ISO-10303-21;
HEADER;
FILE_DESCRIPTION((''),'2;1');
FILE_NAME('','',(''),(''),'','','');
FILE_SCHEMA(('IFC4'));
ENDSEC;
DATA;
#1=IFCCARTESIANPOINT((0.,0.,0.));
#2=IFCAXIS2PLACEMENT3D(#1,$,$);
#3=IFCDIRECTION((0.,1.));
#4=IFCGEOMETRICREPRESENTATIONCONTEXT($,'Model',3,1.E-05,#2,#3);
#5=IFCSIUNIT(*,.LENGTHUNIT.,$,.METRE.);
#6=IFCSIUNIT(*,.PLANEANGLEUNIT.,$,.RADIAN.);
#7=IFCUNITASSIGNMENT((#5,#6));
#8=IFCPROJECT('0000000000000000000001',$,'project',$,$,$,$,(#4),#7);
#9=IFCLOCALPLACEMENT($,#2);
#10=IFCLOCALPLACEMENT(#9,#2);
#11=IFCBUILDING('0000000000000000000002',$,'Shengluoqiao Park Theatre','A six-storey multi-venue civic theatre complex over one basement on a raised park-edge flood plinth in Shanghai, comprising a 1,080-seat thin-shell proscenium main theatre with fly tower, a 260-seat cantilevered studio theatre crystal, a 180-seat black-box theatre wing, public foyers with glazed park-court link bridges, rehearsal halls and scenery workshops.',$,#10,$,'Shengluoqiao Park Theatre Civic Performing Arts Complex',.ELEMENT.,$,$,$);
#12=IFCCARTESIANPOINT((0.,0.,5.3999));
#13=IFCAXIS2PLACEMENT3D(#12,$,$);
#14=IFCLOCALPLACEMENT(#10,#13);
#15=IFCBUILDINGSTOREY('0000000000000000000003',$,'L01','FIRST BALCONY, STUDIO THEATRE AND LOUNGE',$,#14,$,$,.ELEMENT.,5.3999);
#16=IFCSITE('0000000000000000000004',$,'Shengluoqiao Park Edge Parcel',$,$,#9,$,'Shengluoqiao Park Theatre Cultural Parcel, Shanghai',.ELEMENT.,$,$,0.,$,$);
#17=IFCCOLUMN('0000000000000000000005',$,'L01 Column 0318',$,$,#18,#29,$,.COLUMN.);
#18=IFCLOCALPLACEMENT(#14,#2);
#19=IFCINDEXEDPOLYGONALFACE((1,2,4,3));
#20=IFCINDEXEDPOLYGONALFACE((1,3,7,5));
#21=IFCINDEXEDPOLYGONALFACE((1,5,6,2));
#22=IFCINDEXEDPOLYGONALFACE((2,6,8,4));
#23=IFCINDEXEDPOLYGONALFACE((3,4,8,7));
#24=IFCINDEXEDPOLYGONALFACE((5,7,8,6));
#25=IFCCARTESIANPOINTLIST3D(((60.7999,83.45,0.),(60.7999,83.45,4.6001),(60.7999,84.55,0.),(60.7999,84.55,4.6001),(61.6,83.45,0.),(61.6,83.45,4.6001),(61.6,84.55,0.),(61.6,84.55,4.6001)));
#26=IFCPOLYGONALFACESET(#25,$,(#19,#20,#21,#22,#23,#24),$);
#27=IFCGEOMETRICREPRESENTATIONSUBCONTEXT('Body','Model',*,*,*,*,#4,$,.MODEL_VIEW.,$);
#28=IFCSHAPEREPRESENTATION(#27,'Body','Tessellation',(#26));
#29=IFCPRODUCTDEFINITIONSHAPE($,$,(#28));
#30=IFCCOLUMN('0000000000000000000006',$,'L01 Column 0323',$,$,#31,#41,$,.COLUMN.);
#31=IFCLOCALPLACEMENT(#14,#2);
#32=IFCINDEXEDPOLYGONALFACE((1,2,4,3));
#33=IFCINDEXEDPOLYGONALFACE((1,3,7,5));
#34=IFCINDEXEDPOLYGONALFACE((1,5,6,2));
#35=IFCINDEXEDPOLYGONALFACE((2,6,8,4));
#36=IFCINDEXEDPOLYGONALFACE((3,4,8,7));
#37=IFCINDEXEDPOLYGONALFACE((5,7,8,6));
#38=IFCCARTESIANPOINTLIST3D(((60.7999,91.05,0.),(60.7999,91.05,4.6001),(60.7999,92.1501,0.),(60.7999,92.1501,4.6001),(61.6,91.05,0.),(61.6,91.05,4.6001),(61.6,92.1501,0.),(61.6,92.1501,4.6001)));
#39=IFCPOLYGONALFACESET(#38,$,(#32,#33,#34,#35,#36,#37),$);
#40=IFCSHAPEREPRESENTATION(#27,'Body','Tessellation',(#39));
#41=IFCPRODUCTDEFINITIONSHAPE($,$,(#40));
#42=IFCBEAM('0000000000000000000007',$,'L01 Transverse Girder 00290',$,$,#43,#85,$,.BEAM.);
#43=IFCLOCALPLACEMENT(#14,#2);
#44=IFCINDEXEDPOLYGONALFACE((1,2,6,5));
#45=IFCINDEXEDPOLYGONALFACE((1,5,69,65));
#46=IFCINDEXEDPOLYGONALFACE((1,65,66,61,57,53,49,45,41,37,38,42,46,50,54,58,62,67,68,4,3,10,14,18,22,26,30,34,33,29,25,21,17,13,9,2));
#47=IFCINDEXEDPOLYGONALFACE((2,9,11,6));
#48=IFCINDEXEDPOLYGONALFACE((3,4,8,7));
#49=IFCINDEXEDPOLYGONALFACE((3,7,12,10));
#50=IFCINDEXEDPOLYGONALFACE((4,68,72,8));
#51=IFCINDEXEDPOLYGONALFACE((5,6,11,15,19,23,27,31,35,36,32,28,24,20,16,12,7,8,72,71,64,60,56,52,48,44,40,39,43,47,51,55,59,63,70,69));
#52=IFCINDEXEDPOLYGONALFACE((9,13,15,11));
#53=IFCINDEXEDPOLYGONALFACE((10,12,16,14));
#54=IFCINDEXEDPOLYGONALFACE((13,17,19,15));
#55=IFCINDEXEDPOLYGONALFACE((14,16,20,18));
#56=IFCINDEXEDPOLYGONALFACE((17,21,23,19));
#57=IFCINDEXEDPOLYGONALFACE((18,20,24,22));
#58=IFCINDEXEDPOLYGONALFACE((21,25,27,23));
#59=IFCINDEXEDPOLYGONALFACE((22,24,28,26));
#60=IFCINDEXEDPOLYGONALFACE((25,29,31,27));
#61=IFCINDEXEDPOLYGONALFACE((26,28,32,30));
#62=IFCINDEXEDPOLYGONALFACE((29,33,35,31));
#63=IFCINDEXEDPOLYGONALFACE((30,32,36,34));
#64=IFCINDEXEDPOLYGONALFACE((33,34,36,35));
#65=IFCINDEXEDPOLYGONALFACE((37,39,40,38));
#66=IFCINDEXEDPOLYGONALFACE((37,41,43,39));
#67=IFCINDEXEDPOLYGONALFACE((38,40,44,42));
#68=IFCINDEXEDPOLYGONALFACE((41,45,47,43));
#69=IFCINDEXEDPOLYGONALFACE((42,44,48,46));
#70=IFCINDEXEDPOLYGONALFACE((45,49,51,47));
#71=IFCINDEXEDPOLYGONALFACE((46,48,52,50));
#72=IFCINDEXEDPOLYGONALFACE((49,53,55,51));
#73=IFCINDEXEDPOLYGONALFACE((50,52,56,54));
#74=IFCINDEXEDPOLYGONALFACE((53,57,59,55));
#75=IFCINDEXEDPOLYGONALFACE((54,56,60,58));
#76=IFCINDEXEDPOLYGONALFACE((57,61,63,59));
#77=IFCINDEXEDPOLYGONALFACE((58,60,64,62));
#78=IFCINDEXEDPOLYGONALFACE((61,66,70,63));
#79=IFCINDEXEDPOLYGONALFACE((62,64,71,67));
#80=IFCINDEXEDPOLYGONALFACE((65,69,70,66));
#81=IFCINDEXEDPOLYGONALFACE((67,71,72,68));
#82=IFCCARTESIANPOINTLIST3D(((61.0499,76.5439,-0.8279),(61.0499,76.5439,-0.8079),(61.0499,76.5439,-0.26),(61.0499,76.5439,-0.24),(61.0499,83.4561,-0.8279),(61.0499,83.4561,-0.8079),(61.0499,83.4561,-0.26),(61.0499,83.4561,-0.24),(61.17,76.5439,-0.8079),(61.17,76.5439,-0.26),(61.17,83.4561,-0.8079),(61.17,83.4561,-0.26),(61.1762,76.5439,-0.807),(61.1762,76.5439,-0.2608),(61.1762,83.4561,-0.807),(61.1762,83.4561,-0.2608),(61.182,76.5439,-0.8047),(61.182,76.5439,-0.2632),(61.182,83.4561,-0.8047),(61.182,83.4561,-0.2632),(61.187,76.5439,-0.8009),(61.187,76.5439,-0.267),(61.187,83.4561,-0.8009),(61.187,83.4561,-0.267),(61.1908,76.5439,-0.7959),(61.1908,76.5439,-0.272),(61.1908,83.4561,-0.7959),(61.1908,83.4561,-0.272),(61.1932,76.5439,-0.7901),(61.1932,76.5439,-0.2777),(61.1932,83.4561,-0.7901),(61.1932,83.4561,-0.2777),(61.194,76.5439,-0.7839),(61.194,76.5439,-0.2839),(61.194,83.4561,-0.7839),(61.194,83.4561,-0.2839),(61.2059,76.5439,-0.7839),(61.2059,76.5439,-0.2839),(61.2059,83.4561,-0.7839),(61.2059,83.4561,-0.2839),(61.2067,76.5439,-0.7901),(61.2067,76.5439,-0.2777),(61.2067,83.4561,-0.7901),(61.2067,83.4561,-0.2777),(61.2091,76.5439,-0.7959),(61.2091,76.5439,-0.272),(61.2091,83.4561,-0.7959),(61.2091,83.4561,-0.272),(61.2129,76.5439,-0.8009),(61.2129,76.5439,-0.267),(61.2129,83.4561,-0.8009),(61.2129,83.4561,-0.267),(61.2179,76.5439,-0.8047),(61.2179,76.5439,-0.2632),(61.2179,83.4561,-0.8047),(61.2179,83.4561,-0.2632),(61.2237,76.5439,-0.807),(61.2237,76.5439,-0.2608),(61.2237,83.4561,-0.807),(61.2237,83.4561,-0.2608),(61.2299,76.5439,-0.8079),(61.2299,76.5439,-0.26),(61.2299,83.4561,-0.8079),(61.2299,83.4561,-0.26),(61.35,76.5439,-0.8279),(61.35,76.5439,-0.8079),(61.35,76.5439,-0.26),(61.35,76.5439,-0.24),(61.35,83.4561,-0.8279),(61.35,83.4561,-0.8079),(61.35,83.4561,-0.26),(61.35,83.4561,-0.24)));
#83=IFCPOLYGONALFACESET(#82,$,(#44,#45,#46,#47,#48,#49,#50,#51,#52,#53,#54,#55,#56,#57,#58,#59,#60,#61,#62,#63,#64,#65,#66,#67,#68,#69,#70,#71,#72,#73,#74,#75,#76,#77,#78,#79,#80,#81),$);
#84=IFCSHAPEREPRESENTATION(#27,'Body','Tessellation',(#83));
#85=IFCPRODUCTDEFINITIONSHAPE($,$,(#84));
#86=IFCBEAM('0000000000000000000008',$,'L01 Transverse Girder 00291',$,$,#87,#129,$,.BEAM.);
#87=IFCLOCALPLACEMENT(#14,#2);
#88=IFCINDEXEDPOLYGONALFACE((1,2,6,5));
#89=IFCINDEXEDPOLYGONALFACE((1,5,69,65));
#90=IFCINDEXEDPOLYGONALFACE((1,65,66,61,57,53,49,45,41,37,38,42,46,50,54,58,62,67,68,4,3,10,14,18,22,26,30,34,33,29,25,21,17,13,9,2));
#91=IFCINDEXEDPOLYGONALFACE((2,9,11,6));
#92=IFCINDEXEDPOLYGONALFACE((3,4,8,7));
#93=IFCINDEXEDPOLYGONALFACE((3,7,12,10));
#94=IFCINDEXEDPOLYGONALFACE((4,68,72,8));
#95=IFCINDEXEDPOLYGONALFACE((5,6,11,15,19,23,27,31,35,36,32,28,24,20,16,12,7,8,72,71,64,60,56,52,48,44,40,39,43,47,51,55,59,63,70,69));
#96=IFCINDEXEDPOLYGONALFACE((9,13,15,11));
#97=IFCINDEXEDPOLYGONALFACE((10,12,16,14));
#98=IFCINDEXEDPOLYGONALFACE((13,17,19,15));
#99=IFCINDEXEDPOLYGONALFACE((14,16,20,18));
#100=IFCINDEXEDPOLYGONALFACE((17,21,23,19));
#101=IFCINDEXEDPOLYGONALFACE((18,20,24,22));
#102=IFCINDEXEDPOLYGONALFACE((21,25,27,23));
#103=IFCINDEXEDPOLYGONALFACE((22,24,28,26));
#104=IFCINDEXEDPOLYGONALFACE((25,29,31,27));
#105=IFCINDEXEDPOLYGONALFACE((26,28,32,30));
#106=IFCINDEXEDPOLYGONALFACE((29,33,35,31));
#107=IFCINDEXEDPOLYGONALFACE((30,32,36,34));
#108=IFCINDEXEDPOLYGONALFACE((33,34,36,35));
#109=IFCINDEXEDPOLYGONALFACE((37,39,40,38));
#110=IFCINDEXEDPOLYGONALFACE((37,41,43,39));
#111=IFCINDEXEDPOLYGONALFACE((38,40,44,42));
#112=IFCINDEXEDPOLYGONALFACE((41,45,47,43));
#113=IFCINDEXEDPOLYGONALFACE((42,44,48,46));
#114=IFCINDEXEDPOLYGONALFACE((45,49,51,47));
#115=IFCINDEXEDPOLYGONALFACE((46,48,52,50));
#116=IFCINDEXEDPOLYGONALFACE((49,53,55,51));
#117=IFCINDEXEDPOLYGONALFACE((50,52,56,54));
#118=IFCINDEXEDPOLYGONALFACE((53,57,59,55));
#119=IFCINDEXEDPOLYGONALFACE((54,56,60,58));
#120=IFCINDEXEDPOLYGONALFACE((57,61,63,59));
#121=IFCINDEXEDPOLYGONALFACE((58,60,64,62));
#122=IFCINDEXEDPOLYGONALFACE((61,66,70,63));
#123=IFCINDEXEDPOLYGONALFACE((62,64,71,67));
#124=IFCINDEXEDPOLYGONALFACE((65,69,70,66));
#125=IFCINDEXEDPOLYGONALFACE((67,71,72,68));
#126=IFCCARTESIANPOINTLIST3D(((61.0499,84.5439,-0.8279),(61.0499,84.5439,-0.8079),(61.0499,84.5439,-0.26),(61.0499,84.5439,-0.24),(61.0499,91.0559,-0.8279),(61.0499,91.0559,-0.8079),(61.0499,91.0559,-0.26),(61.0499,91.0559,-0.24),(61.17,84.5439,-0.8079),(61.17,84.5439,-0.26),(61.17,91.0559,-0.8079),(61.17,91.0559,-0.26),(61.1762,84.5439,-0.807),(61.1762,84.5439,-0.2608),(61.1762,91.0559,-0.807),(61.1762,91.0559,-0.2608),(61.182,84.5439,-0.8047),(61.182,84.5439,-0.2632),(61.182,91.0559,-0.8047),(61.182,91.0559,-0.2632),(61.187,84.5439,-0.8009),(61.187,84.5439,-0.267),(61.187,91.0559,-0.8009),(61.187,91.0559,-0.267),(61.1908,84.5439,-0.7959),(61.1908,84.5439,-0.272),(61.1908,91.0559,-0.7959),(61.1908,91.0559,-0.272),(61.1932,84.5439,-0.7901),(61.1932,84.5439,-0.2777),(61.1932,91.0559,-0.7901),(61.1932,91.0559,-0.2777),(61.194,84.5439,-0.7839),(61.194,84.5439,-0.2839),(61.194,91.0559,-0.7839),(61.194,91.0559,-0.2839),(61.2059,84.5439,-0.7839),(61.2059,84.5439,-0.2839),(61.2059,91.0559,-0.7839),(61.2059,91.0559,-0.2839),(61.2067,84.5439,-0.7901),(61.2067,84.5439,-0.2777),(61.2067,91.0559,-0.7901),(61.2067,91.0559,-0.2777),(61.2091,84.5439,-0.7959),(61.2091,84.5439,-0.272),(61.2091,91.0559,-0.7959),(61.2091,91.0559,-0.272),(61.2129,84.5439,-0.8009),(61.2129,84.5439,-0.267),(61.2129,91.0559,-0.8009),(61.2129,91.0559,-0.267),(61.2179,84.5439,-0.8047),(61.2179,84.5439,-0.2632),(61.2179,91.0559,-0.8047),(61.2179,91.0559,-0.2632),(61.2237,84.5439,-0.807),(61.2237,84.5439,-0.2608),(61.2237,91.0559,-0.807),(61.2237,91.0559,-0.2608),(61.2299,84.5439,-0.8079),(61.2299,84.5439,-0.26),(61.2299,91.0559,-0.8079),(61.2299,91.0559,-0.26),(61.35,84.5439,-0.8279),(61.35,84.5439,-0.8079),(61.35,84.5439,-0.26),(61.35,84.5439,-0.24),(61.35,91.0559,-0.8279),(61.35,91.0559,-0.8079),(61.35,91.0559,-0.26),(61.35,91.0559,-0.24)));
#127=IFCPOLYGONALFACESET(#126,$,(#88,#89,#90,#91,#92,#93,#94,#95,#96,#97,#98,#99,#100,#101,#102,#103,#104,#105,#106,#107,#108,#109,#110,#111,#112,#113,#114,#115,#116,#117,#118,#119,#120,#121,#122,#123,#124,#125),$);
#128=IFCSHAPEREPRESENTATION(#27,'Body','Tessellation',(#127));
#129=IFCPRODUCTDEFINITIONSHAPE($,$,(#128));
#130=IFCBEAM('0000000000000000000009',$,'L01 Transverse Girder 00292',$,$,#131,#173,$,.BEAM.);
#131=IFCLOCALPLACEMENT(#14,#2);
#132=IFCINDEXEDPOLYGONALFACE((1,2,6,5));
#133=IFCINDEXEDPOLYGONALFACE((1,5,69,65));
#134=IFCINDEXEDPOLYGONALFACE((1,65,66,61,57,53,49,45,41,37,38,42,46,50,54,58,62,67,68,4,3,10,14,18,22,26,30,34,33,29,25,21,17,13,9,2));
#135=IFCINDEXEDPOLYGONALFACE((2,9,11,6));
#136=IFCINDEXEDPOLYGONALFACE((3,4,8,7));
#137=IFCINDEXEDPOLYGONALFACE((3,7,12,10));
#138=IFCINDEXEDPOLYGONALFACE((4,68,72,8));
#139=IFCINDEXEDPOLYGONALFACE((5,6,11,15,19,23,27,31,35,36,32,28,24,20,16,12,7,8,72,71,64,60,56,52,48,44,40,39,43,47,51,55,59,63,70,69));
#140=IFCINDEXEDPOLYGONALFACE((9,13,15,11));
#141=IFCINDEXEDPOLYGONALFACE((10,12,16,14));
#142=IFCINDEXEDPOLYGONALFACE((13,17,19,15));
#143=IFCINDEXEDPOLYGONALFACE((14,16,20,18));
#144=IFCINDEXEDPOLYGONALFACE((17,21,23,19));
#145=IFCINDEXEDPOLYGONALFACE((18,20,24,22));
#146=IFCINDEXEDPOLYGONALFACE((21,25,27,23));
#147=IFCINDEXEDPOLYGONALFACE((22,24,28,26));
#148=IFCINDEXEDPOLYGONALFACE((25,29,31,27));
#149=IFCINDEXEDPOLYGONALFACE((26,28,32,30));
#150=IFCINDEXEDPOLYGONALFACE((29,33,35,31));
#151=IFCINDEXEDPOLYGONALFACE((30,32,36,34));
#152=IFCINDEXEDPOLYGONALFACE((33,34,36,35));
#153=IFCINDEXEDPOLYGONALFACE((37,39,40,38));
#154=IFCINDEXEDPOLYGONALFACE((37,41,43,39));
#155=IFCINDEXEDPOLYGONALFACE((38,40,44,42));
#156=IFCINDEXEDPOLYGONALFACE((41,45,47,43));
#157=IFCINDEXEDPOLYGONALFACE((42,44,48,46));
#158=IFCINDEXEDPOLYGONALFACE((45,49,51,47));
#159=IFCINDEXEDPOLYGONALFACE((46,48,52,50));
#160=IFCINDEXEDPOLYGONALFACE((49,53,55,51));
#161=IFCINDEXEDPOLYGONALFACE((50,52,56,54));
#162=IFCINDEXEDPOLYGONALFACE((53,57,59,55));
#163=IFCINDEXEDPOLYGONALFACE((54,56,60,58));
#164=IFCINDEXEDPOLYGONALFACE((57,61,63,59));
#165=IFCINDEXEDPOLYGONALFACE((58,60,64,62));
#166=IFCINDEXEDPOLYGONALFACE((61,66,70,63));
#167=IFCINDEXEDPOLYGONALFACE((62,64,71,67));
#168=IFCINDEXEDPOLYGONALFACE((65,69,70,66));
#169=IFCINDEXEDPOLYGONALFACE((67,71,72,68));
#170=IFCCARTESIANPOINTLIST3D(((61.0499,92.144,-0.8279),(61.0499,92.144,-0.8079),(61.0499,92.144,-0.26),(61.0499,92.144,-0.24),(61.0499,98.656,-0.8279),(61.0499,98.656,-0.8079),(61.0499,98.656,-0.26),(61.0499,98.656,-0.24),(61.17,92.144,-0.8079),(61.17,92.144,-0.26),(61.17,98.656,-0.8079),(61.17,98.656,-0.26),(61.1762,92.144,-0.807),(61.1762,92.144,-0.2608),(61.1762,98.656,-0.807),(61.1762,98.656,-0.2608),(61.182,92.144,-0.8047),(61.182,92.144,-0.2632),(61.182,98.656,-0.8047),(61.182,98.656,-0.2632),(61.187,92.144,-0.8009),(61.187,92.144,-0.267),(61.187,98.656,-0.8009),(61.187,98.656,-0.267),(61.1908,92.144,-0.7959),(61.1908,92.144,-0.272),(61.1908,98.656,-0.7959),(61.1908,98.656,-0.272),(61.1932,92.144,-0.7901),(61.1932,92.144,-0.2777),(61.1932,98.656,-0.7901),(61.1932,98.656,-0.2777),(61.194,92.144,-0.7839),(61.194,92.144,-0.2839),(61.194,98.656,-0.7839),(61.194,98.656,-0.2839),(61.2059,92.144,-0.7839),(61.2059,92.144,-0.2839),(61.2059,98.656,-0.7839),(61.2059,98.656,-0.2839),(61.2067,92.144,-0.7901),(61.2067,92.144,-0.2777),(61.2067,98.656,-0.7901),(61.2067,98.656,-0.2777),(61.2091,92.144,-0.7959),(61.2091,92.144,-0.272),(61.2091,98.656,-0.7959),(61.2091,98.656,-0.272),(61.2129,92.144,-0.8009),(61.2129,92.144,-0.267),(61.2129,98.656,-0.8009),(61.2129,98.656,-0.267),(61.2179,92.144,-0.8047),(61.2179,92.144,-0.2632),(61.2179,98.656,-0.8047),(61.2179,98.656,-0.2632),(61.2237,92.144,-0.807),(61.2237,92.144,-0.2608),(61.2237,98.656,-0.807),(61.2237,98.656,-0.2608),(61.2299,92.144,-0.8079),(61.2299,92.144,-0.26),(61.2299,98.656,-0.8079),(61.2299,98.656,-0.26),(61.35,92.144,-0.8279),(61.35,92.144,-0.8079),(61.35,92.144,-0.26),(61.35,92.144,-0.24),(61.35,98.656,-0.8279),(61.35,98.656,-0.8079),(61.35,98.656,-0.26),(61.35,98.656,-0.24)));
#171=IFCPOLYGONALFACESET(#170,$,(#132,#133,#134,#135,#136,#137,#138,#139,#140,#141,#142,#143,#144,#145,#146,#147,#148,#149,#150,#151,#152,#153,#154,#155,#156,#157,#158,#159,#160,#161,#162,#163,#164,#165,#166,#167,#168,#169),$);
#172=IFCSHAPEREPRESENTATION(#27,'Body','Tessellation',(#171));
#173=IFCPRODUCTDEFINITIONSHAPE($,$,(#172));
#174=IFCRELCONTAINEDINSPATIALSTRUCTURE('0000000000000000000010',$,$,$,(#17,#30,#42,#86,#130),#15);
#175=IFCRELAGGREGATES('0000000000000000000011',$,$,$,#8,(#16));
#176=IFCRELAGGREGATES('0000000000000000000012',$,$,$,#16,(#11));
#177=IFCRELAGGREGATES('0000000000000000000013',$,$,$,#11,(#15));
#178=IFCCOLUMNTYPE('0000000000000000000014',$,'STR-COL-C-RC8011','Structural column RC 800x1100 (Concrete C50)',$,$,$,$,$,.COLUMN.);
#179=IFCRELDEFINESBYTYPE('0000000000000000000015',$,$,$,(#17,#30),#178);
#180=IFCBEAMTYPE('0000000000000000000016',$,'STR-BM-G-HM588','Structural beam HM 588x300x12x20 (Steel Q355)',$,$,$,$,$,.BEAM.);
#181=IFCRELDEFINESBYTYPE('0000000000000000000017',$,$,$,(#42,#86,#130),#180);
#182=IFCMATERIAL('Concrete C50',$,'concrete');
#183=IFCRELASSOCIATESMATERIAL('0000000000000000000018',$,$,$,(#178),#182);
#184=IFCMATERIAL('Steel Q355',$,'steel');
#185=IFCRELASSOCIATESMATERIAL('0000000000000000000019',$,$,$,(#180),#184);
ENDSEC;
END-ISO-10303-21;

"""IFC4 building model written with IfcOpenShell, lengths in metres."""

from ifc_helpers import new_model, si_unit, direction, frame, origin, origin_2d, place, context, subcontext, project, spatial, rectangle, i_section, extrude, material, material_profile, profile_set, type_object, element, save


model = new_model("IFC4")

# Units and contexts
model_context = context("Model", 3, precision=1e-05, world=origin(), true_north=direction((0.0, 1.0)))
body_context = subcontext(model_context, "Body", "Model", "MODEL_VIEW")
ifc_project = project(units=[si_unit("LENGTHUNIT", "METRE"), si_unit("PLANEANGLEUNIT", "RADIAN")], contexts=[model_context])

# Site, building, storey
site_placement = place(None, origin())
site = spatial("IfcSite", under=ifc_project, at=site_placement, Name="Shengluoqiao Park Edge Parcel", LongName="Shengluoqiao Park Theatre Cultural Parcel, Shanghai", CompositionType="ELEMENT", RefElevation=0.0)
building_placement = place(site_placement, origin())
building = spatial("IfcBuilding", under=site, at=building_placement, Name="Shengluoqiao Park Theatre", Description="A six-storey multi-venue civic theatre complex over one basement on a raised park-edge flood plinth in Shanghai, comprising a 1,080-seat thin-shell proscenium main theatre with fly tower, a 260-seat cantilevered studio theatre crystal, a 180-seat black-box theatre wing, public foyers with glazed park-court link bridges, rehearsal halls and scenery workshops.", LongName="Shengluoqiao Park Theatre Civic Performing Arts Complex", CompositionType="ELEMENT")
storey_placement = place(building_placement, frame((0.0, 0.0, 5.3999)))
storey = spatial("IfcBuildingStorey", under=building, at=storey_placement, Name="L01", Description="FIRST BALCONY, STUDIO THEATRE AND LOUNGE", CompositionType="ELEMENT", Elevation=5.3999)

# Columns
ifc_material_1 = material(Name="Concrete C50", Category="concrete")
ifc_material_profile_1 = material_profile(ifc_material_1, rectangle(XDim=0.8, YDim=1.1001, at=origin_2d()), Name="RC 800x1100")
ifc_profile_set_1 = profile_set([ifc_material_profile_1], Name="Concrete C50")
column_type = type_object("IfcColumnType", Name="STR-COL-C-RC8011", Description="Structural column RC 800x1100 (Concrete C50)", PredefinedType="COLUMN", material=ifc_profile_set_1)
for number, where, z_axis, x_axis, name in (
    (1, (61.2, 84.0, 0.0), (0.0, 0.0, 1.0), (1.0, 0.0, 0.0), "L01 Column 0318"),
    (2, (61.2, 91.6001, 0.0), (0.0, 0.0, 1.0), (1.0, 0.0, 0.0), "L01 Column 0323"),
):
    element("IfcColumn", number, at=place(storey_placement, frame(where, z_axis=z_axis, x_axis=x_axis)), inside=storey, type_object=column_type, Name=name, PredefinedType="COLUMN", context=body_context, shape_type="SweptSolid", body=[
        extrude(rectangle(XDim=0.8, YDim=1.1001, at=origin_2d()), origin(), (0.0, 0.0, 1.0), 4.6001),
    ])

# Beams
ifc_material_2 = material(Name="Steel Q355", Category="steel")
ifc_material_profile_2 = material_profile(ifc_material_2, i_section(OverallWidth=0.3, OverallDepth=0.5879, WebThickness=0.012, FlangeThickness=0.02, FilletRadius=0.0239, at=origin_2d()), Name="HM 588x300x12x20")
ifc_profile_set_2 = profile_set([ifc_material_profile_2], Name="Steel Q355")
beam_type_1 = type_object("IfcBeamType", Name="STR-BM-G-HM588", Description="Structural beam HM 588x300x12x20 (Steel Q355)", PredefinedType="BEAM", material=ifc_profile_set_2)
beam_placement = place(storey_placement, frame((61.2, 76.5439, -0.5339), z_axis=(0.0, 1.0, 0.0), x_axis=(-1.0, 0.0, 0.0)))
element("IfcBeam", 3, at=beam_placement, inside=storey, type_object=beam_type_1, Name="L01 Transverse Girder 00290", PredefinedType="BEAM", context=body_context, shape_type="SweptSolid", body=[
    extrude(i_section(OverallWidth=0.3, OverallDepth=0.5879, WebThickness=0.012, FlangeThickness=0.02, FilletRadius=0.0239, at=origin_2d()), origin(), (0.0, 0.0, 1.0), 6.9121),
])
for number, where, z_axis, x_axis, name in (
    (4, (61.2, 84.5439, -0.5339), (0.0, 1.0, 0.0), (-1.0, 0.0, 0.0), "L01 Transverse Girder 00291"),
    (5, (61.2, 92.144, -0.5339), (0.0, 1.0, 0.0), (-1.0, 0.0, 0.0), "L01 Transverse Girder 00292"),
):
    element("IfcBeam", number, at=place(storey_placement, frame(where, z_axis=z_axis, x_axis=x_axis)), inside=storey, type_object=beam_type_1, Name=name, PredefinedType="BEAM", context=body_context, shape_type="SweptSolid", body=[
        extrude(i_section(OverallWidth=0.3, OverallDepth=0.5879, WebThickness=0.012, FlangeThickness=0.02, FilletRadius=0.0239, at=origin_2d()), origin(), (0.0, 0.0, 1.0), 6.512),
    ])

save(model, "model.ifc")
